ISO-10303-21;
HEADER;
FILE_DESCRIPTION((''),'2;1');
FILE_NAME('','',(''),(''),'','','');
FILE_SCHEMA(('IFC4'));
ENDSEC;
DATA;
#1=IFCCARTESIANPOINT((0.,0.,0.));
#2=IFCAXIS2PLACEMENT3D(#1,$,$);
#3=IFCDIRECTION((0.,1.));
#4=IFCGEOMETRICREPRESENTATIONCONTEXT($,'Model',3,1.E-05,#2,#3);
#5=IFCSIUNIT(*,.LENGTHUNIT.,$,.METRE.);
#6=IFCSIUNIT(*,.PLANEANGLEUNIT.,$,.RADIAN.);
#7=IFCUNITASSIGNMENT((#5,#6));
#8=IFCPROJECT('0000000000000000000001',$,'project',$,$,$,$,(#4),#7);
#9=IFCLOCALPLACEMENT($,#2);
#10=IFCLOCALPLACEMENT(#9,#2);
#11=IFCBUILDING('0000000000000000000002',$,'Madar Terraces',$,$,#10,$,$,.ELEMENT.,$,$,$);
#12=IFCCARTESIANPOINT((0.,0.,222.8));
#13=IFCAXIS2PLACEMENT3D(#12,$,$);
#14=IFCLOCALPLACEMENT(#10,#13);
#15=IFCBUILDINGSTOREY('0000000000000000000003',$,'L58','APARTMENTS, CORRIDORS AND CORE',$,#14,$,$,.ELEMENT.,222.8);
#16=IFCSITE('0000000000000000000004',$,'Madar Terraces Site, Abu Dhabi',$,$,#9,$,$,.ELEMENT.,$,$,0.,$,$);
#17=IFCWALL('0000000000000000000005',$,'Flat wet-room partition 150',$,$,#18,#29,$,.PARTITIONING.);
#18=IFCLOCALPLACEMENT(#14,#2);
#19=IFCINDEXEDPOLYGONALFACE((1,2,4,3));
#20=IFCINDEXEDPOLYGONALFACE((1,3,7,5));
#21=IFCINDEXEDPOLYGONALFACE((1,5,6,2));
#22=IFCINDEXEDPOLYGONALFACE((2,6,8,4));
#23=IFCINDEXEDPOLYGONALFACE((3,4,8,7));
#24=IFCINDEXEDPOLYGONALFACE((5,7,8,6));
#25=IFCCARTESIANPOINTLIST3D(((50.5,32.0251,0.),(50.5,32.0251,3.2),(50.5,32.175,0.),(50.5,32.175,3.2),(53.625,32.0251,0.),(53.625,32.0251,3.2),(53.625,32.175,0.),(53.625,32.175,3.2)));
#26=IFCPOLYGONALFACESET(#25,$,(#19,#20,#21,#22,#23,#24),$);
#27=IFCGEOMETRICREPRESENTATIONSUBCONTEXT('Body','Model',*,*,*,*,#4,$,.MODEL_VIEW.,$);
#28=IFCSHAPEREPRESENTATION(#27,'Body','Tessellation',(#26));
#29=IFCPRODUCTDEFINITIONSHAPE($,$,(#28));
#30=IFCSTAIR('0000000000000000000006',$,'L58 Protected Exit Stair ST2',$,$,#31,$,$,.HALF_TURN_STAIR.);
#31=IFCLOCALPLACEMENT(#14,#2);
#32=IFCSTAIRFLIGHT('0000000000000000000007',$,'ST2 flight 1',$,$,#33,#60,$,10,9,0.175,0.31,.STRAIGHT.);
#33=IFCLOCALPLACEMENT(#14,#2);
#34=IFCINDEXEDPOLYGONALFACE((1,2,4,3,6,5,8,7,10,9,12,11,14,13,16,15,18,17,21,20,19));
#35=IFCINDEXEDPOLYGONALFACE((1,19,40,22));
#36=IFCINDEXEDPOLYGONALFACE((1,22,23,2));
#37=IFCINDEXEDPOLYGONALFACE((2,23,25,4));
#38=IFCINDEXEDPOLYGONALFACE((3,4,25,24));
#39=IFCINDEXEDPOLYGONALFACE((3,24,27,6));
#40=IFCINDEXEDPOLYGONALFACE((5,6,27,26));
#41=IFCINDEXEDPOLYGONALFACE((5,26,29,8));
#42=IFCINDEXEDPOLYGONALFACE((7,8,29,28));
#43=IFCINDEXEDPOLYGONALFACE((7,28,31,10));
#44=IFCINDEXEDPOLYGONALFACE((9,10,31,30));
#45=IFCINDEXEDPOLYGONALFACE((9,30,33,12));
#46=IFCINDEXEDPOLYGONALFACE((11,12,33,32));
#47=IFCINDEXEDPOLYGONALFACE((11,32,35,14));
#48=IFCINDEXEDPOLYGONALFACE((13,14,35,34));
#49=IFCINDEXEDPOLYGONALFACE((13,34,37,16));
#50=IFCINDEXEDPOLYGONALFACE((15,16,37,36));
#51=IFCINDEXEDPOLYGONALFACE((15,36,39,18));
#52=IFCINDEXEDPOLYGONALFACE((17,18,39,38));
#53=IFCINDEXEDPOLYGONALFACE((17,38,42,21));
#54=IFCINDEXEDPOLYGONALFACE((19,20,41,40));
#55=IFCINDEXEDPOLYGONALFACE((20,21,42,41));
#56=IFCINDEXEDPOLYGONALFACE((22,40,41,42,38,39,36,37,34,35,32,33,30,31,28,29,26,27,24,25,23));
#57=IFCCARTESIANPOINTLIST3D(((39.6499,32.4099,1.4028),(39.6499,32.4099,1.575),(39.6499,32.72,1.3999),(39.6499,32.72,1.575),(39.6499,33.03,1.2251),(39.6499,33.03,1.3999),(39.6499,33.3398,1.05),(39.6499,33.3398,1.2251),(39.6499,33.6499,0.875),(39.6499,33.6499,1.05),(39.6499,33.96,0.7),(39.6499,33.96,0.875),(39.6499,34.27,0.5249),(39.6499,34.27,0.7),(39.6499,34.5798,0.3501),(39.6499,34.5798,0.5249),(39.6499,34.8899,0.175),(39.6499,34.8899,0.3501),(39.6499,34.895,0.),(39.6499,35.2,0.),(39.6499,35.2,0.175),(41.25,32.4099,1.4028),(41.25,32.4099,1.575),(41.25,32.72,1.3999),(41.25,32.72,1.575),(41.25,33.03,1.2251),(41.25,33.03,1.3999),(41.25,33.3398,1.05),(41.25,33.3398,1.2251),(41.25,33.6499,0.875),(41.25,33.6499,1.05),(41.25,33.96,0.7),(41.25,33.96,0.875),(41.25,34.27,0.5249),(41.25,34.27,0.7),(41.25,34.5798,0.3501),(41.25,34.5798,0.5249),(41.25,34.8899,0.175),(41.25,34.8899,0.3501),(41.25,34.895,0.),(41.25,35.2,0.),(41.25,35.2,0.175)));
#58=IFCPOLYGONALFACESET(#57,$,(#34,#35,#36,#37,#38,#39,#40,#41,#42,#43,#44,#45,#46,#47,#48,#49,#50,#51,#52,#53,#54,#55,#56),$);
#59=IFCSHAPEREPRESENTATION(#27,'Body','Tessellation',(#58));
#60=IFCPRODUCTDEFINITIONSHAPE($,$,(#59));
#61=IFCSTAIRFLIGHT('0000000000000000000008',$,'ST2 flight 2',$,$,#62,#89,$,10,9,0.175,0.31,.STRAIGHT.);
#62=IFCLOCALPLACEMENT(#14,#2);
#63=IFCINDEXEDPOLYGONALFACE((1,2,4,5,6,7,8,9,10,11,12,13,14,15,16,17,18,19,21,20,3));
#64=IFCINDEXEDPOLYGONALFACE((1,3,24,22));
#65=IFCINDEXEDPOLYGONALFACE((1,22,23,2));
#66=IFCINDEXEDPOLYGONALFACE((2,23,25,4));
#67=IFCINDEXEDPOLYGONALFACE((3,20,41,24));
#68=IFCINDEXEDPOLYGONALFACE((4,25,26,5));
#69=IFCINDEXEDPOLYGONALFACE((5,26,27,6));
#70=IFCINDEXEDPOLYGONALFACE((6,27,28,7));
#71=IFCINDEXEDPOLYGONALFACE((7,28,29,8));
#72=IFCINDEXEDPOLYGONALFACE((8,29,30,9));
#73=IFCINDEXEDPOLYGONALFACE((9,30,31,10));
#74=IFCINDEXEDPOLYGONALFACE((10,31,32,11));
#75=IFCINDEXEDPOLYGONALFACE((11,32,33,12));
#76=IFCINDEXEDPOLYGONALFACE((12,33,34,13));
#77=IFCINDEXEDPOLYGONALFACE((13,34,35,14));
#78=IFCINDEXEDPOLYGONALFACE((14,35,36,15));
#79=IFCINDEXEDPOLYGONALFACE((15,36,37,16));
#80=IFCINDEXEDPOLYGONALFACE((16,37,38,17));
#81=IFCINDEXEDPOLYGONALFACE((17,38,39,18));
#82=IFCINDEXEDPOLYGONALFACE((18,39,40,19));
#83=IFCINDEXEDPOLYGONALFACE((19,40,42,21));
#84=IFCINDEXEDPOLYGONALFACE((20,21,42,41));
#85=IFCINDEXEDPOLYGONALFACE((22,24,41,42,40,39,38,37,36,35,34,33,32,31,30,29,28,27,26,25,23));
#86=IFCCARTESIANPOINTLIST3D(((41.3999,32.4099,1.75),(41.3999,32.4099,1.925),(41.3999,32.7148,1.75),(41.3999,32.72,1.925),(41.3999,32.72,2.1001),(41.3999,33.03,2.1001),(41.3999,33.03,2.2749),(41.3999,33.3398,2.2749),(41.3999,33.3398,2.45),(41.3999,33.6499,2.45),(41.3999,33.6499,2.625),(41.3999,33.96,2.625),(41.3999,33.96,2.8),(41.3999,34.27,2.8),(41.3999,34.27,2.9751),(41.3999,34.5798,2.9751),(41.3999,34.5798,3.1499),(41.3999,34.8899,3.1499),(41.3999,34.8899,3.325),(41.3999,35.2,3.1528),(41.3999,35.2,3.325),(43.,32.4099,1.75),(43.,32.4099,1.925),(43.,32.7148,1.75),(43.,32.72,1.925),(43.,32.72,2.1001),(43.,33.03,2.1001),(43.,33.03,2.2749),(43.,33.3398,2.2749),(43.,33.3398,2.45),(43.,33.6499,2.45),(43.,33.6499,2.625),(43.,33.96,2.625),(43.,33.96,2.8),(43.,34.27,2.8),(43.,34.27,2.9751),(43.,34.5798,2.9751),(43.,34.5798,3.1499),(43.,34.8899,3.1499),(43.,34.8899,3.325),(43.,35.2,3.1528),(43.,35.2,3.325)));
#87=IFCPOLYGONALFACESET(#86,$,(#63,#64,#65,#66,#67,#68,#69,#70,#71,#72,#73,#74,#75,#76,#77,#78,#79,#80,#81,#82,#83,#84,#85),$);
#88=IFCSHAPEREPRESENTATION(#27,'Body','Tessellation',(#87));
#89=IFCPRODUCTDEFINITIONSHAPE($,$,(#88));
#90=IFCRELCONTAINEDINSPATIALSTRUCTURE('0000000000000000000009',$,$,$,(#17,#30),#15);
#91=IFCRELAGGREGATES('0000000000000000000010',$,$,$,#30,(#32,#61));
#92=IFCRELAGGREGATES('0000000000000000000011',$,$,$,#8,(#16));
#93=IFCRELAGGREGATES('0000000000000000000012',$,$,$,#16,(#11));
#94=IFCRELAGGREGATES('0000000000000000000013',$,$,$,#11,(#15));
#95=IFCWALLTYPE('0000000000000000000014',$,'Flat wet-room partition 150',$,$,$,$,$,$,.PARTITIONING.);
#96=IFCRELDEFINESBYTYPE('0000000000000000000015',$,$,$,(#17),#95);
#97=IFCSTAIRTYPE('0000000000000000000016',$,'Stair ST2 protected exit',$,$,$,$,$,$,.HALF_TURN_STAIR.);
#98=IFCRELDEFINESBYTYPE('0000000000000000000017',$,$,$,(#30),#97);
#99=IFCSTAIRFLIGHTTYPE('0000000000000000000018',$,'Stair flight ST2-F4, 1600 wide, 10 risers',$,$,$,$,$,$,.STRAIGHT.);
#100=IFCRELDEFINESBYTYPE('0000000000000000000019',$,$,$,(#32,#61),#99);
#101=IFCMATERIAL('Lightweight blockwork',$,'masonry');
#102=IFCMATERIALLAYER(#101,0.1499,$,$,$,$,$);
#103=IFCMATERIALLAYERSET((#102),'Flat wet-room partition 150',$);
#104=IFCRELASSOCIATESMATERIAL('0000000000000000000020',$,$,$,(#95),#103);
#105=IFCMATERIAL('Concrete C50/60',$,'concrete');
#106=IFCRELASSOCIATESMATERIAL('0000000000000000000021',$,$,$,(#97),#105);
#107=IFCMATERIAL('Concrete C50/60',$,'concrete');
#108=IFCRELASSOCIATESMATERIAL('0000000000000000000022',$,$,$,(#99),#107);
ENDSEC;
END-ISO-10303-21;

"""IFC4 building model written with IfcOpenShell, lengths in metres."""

from ifc_helpers import new_model, si_unit, direction, frame, frame_2d, origin, place, context, subcontext, project, spatial, polyline, rectangle, outline, extrude, material, layer, layer_set, type_object, element, aggregate, save


model = new_model("IFC4")

# Units and contexts
model_context = context("Model", 3, precision=1e-05, world=origin(), true_north=direction((0.0, 1.0)))
body_context = subcontext(model_context, "Body", "Model", "MODEL_VIEW")
ifc_project = project(units=[si_unit("LENGTHUNIT", "METRE"), si_unit("PLANEANGLEUNIT", "RADIAN")], contexts=[model_context])

# Site, building, storey
site_placement = place(None, origin())
site = spatial("IfcSite", under=ifc_project, at=site_placement, Name="Madar Terraces Site, Abu Dhabi", CompositionType="ELEMENT", RefElevation=0.0)
building_placement = place(site_placement, origin())
building = spatial("IfcBuilding", under=site, at=building_placement, Name="Madar Terraces", CompositionType="ELEMENT")
storey_placement = place(building_placement, frame((0.0, 0.0, 222.8)))
storey = spatial("IfcBuildingStorey", under=building, at=storey_placement, Name="L58", Description="APARTMENTS, CORRIDORS AND CORE", CompositionType="ELEMENT", Elevation=222.8)

# Wall
ifc_material_1 = material(Name="Lightweight blockwork", Category="masonry")
ifc_layer_1 = layer(ifc_material_1, 0.1499)
ifc_layer_set_1 = layer_set([ifc_layer_1], Name="Flat wet-room partition 150")
wall_type_1 = type_object("IfcWallType", Name="Flat wet-room partition 150", PredefinedType="PARTITIONING", material=ifc_layer_set_1)
wall_1_placement = place(storey_placement, frame((50.5, 32.1001, 0.0), z_axis=(0.0, 0.0, 1.0), x_axis=(1.0, 0.0, 0.0)))
element("IfcWall", 1, at=wall_1_placement, inside=storey, type_object=wall_type_1, Name="Flat wet-room partition 150", PredefinedType="PARTITIONING", context=body_context, shape_type="SweptSolid", body=[
    extrude(rectangle(XDim=3.125, YDim=0.1499, at=frame_2d((1.5625, 0.0))), origin(), (0.0, 0.0, 1.0), 3.2),
])

# Stair, stair flights
ifc_material_2 = material(Name="Concrete C50/60", Category="concrete")
stair_type = type_object("IfcStairType", Name="Stair ST2 protected exit", PredefinedType="HALF_TURN_STAIR", material=ifc_material_2)
stair_placement = place(storey_placement, origin())
stair = element("IfcStair", 2, at=stair_placement, inside=storey, type_object=stair_type, Name="L58 Protected Exit Stair ST2", PredefinedType="HALF_TURN_STAIR")
ifc_material_3 = material(Name="Concrete C50/60", Category="concrete")
stair_flight_type = type_object("IfcStairFlightType", Name="Stair flight ST2-F4, 1600 wide, 10 risers", PredefinedType="STRAIGHT", material=ifc_material_3)
stair_flight_1_placement = place(storey_placement, frame((40.45, 35.2, 0.0), z_axis=(0.0, 0.0, 1.0), x_axis=(0.0, -1.0, 0.0)))
stair_flight_1 = element("IfcStairFlight", 3, at=stair_flight_1_placement, type_object=stair_flight_type, Name="ST2 flight 1", NumberOfRisers=10, NumberOfTreads=9, PredefinedType="STRAIGHT", RiserHeight=0.175, TreadLength=0.31, context=body_context, shape_type="SweptSolid", body=[
    extrude(outline(polyline([(0.0, 0.0), (0.0, 0.175), (0.3101, 0.175), (0.3101, 0.3501), (0.6201, 0.3501), (0.6201, 0.5249), (0.9299, 0.5249), (0.9299, 0.7), (1.24, 0.7), (1.24, 0.875), (1.55, 0.875), (1.55, 1.05), (1.8601, 1.05), (1.8601, 1.2251), (2.1699, 1.2251), (2.1699, 1.3999), (2.48, 1.3999), (2.48, 1.575), (2.79, 1.575), (2.79, 1.75), (2.79, 1.4028), (0.3049, 0.0), (0.0, 0.0)])), frame((0.0, 0.8, 0.0), z_axis=(0.0, -1.0, 0.0), x_axis=(1.0, 0.0, 0.0)), (0.0, 0.0, 1.0), 1.6001),
])
stair_flight_2_placement = place(storey_placement, frame((42.2, 32.4099, 1.75), z_axis=(0.0, 0.0, 1.0), x_axis=(0.0, 1.0, 0.0)))
stair_flight_2 = element("IfcStairFlight", 4, at=stair_flight_2_placement, type_object=stair_flight_type, Name="ST2 flight 2", NumberOfRisers=10, NumberOfTreads=9, PredefinedType="STRAIGHT", RiserHeight=0.175, TreadLength=0.31, context=body_context, shape_type="SweptSolid", body=[
    extrude(outline(polyline([(0.0, 0.0), (0.0, 0.175), (0.3101, 0.175), (0.3101, 0.3501), (0.6201, 0.3501), (0.6201, 0.5249), (0.9299, 0.5249), (0.9299, 0.7), (1.24, 0.7), (1.24, 0.875), (1.55, 0.875), (1.55, 1.05), (1.8601, 1.05), (1.8601, 1.2251), (2.1699, 1.2251), (2.1699, 1.3999), (2.48, 1.3999), (2.48, 1.575), (2.79, 1.575), (2.79, 1.75), (2.79, 1.4028), (0.3049, 0.0), (0.0, 0.0)])), frame((0.0, 0.8, 0.0), z_axis=(0.0, -1.0, 0.0), x_axis=(1.0, 0.0, 0.0)), (0.0, 0.0, 1.0), 1.6001),
])
aggregate(stair, [stair_flight_1, stair_flight_2])

save(model, "model.ifc")
